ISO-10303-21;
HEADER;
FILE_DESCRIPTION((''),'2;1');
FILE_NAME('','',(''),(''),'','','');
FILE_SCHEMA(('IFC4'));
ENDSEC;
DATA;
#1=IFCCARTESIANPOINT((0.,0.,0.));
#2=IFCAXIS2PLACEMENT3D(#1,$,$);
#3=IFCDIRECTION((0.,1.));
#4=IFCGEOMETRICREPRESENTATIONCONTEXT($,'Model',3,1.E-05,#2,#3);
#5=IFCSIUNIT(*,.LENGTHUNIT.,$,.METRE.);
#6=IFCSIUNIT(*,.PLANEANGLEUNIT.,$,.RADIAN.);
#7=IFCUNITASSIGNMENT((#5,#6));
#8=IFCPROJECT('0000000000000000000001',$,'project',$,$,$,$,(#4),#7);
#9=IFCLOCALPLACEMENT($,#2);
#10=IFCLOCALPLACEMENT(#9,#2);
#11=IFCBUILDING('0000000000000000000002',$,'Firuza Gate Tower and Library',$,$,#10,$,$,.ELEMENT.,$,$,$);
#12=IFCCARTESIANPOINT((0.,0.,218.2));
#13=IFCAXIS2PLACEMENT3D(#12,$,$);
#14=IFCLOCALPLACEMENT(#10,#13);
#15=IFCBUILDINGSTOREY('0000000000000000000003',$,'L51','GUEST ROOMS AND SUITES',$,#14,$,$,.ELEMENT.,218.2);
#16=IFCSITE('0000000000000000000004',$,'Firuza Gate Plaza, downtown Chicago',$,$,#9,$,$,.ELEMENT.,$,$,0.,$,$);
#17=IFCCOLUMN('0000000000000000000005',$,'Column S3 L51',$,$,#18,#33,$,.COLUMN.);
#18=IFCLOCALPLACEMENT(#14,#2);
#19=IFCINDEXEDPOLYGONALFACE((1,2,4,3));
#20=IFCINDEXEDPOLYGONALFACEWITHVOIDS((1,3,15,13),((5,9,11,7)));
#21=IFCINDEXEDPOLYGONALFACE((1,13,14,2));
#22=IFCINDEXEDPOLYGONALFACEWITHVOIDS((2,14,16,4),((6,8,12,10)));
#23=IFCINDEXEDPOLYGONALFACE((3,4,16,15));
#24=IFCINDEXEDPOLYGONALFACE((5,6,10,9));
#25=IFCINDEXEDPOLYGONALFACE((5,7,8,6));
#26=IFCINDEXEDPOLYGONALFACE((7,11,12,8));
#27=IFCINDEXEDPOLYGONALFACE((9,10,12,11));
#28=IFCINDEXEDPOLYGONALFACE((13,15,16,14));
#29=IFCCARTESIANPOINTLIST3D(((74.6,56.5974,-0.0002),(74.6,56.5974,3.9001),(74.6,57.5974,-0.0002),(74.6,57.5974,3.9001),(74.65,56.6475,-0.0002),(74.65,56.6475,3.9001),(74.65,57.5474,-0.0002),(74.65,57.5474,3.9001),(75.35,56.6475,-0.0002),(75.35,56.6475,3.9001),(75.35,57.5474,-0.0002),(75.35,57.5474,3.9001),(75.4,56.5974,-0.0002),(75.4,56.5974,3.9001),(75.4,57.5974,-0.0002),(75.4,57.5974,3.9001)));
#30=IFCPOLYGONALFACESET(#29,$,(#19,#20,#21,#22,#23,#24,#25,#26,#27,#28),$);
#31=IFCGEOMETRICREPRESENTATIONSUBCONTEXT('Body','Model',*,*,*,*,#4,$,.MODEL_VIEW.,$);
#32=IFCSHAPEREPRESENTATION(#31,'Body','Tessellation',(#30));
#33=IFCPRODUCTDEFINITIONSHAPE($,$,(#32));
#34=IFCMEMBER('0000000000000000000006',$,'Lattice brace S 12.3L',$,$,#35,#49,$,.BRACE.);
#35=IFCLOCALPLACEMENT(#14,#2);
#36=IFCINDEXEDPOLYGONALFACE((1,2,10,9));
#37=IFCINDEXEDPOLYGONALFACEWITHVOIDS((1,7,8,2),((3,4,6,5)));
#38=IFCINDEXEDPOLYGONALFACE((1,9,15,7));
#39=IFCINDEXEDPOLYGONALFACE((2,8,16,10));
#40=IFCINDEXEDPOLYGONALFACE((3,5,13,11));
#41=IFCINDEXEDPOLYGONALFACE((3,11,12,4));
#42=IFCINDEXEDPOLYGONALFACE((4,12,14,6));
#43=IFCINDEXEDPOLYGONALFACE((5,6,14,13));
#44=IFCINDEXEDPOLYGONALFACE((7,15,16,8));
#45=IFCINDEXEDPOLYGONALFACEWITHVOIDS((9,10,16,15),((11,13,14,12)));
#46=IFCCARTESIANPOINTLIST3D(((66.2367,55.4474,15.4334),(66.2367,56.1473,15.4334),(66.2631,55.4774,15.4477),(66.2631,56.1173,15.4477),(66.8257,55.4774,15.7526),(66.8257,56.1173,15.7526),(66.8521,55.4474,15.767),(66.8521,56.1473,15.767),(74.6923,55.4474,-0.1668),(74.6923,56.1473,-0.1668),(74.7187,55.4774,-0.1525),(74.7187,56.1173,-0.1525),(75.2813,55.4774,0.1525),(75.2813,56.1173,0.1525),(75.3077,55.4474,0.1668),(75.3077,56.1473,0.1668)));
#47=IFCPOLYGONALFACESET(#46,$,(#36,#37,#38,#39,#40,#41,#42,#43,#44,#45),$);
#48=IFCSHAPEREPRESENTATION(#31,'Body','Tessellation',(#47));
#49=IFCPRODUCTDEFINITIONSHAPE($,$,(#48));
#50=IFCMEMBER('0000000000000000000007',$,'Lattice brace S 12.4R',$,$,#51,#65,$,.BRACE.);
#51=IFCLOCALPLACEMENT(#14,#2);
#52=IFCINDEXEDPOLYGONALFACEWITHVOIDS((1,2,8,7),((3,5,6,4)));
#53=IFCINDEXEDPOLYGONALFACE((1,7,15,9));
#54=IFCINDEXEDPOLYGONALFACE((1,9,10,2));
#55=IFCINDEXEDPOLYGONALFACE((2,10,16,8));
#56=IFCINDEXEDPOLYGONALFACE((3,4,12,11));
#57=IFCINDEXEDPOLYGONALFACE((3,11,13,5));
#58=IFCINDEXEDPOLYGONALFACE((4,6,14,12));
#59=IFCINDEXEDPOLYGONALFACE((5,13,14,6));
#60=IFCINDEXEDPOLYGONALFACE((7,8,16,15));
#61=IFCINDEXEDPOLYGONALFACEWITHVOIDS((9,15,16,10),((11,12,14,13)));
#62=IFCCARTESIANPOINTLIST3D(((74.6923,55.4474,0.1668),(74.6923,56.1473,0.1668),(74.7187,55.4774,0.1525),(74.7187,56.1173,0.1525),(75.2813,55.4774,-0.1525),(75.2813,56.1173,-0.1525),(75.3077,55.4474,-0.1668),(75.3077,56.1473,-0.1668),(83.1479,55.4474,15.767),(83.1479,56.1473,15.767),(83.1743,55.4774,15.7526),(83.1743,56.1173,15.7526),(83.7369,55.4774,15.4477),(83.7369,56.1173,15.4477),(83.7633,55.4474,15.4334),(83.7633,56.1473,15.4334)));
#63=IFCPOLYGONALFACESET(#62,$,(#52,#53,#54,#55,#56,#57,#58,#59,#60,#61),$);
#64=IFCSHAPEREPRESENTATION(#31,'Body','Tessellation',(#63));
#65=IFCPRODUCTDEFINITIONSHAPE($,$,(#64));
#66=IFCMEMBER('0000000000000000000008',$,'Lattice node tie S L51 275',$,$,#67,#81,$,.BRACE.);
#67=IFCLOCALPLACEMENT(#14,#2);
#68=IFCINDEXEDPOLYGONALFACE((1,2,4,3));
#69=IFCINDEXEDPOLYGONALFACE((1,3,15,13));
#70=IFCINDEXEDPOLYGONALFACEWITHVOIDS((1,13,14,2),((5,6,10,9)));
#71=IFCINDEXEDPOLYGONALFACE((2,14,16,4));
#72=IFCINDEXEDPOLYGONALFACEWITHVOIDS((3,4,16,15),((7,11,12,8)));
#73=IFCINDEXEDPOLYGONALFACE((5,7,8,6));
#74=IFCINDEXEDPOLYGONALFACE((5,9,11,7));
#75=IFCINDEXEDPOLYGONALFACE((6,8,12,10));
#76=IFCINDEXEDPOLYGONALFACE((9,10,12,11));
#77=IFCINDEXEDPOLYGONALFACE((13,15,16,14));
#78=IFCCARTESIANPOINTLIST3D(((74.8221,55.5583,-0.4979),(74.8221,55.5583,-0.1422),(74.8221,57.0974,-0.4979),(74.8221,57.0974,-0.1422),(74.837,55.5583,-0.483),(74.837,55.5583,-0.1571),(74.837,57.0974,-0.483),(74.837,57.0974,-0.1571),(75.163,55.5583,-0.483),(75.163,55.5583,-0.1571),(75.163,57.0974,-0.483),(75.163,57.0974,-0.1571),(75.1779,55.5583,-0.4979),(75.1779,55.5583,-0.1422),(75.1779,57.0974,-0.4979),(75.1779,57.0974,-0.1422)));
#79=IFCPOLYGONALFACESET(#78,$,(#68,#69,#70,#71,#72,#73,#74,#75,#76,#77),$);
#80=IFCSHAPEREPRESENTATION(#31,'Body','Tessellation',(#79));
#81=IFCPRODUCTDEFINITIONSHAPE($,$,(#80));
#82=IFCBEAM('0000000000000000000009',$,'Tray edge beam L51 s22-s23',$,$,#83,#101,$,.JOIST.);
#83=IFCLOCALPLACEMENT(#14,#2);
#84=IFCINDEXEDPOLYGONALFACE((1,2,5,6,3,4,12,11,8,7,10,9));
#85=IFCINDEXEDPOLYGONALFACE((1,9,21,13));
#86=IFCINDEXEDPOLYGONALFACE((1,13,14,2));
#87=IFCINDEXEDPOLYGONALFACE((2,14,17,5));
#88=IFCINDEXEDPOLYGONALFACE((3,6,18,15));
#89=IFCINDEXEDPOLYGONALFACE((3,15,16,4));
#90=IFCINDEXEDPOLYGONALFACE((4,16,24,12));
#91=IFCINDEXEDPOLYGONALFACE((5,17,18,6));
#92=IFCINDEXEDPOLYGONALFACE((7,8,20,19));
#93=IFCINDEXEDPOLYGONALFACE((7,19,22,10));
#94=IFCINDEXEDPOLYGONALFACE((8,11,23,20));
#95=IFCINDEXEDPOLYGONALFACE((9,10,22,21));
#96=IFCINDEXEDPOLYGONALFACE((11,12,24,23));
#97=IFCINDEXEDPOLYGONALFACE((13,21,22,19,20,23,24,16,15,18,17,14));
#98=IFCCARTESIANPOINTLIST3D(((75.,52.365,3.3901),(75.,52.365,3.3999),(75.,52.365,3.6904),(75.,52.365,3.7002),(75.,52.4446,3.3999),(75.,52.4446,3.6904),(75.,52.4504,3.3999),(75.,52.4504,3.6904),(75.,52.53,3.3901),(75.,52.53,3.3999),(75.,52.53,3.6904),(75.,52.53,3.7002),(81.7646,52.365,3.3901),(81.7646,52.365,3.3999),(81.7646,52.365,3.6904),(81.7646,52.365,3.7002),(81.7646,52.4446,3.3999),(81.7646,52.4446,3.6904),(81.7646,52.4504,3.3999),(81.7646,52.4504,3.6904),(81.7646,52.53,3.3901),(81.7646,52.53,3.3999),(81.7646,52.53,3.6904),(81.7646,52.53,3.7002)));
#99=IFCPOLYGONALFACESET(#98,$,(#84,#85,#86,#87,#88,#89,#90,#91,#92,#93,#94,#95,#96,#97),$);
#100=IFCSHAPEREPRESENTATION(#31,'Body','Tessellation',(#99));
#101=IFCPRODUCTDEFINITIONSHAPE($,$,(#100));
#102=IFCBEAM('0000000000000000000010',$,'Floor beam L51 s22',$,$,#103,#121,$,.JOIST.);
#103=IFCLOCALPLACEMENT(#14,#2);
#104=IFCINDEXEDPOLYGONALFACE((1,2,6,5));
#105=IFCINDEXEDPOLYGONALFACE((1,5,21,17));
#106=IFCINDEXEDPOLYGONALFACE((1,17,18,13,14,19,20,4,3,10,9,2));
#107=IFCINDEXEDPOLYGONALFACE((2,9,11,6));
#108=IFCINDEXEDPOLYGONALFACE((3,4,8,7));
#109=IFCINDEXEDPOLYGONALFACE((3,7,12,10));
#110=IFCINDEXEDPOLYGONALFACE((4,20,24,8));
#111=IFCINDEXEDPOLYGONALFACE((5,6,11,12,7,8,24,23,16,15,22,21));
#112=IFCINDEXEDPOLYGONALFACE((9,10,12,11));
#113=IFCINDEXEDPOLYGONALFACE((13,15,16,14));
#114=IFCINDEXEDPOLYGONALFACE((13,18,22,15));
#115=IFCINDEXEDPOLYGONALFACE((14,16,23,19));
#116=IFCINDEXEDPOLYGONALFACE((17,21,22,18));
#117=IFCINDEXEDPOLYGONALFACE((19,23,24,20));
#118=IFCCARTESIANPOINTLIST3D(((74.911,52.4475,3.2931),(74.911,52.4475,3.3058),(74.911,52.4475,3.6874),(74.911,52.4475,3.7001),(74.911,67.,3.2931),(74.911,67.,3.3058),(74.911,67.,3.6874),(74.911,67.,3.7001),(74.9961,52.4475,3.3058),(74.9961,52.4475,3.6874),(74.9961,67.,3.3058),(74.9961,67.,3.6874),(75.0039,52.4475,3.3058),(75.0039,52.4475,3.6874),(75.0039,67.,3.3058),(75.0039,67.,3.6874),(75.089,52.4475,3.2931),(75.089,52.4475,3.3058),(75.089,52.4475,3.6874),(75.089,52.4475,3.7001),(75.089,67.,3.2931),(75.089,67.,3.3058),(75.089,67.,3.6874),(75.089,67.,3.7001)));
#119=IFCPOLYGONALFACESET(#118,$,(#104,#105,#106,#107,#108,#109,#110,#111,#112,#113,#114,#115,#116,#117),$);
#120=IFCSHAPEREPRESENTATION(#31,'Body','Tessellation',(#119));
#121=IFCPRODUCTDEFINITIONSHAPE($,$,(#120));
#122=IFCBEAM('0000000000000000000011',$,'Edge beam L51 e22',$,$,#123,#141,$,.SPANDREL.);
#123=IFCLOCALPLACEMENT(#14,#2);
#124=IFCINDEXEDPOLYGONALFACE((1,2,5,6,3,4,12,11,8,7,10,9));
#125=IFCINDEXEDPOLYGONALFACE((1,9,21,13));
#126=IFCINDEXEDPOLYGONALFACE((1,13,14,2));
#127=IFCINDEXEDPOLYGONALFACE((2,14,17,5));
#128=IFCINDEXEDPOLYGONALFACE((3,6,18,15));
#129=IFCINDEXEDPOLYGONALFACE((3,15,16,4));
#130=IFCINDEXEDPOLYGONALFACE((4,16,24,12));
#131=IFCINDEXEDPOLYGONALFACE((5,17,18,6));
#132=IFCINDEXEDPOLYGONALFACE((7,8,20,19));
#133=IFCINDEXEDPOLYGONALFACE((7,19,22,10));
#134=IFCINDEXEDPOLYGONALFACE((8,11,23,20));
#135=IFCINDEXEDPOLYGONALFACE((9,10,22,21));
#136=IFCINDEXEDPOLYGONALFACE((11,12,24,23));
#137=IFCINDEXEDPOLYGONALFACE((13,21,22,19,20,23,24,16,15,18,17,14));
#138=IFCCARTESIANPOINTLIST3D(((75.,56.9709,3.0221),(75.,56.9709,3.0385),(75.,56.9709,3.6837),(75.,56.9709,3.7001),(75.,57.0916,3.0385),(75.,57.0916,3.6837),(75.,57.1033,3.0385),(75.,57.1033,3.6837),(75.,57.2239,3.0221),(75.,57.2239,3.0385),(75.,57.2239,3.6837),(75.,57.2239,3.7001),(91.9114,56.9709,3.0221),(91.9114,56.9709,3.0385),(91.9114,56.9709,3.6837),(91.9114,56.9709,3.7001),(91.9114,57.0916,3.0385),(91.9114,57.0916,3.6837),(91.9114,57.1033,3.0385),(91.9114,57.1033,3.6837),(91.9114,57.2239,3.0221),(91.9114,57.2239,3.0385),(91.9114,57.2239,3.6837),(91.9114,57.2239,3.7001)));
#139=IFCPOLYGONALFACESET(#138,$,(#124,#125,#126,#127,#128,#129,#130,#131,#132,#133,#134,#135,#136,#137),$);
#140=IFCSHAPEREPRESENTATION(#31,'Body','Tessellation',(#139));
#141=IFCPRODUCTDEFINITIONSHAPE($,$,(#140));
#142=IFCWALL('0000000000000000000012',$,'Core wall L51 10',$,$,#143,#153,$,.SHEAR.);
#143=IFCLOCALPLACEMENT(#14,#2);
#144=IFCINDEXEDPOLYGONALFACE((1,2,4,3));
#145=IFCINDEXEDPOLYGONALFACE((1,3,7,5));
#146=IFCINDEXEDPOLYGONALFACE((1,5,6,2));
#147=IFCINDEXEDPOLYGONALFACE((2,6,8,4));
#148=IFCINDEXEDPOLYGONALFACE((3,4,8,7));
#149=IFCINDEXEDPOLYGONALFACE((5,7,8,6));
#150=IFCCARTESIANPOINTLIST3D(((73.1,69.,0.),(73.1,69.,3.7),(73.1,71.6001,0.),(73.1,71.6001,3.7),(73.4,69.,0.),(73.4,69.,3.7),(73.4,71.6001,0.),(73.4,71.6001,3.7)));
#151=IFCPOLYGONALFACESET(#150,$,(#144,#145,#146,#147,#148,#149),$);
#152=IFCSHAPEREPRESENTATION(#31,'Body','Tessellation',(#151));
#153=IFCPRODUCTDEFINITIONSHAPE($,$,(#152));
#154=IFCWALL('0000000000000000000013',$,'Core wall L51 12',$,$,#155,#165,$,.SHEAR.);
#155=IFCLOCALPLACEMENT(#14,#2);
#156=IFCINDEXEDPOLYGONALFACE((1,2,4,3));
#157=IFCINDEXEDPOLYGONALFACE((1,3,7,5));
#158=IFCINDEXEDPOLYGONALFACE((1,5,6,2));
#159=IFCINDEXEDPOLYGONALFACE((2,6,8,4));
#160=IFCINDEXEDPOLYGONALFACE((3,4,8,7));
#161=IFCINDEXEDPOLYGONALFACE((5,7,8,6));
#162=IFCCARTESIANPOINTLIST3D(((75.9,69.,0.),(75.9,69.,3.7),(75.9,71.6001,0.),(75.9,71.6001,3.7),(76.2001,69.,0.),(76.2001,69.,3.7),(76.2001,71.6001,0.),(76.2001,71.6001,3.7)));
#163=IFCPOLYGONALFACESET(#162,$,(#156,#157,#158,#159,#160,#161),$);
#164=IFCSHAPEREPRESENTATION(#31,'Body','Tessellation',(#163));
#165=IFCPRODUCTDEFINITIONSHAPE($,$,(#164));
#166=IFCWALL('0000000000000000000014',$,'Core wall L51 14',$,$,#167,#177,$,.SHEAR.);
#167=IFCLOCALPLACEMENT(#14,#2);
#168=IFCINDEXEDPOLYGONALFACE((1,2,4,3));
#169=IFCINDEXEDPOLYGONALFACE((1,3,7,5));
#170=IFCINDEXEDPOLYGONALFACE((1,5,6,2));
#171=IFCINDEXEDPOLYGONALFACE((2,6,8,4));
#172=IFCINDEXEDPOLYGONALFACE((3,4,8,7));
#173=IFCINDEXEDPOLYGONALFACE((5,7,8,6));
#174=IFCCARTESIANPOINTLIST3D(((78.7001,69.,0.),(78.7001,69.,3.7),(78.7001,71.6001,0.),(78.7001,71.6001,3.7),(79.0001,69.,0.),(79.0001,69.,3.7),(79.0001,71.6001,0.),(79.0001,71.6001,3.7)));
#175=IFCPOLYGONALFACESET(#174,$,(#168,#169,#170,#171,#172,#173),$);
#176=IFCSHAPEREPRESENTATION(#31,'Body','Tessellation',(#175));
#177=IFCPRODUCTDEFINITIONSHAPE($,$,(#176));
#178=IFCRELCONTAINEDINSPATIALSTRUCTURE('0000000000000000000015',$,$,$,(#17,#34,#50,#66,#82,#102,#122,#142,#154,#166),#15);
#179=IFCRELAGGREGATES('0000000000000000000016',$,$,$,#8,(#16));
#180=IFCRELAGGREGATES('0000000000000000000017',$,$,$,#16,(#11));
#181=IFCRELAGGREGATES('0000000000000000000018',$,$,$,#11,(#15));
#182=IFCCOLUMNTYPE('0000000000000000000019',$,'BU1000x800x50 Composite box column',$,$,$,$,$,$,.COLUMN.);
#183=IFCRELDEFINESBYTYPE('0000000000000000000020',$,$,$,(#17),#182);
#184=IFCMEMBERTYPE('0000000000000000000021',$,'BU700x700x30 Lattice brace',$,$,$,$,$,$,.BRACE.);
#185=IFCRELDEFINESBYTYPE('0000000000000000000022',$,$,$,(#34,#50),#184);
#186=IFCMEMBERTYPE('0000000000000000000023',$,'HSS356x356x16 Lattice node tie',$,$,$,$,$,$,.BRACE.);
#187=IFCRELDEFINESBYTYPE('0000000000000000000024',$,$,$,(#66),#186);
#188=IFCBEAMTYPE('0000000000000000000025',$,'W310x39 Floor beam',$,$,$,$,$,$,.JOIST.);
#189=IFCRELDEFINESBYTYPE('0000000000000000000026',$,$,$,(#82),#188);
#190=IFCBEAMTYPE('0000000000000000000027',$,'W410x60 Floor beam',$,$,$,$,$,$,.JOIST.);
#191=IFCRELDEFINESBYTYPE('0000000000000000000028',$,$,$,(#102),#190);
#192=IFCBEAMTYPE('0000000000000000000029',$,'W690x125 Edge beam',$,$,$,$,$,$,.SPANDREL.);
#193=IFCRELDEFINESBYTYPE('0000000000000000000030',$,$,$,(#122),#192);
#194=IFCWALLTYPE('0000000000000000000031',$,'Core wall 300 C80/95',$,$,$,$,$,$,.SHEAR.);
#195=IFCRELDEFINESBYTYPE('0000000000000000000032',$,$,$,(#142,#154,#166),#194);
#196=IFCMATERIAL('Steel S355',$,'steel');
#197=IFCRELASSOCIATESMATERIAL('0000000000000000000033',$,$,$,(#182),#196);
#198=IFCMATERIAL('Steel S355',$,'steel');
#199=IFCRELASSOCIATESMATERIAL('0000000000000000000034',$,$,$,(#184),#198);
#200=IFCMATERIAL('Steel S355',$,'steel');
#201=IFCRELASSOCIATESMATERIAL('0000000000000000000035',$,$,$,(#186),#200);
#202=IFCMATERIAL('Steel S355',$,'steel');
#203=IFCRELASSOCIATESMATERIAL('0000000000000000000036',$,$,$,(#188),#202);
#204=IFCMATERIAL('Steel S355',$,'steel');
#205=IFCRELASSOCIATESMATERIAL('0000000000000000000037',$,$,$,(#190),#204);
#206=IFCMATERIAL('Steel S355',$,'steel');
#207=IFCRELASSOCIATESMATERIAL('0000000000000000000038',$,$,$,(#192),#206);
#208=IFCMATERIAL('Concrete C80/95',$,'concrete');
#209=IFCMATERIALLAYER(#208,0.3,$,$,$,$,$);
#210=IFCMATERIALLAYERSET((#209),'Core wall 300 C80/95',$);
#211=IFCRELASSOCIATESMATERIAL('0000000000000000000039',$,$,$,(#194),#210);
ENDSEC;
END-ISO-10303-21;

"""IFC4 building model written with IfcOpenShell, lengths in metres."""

from ifc_helpers import new_model, si_unit, direction, frame, frame_2d, origin, origin_2d, place, context, subcontext, project, spatial, rectangle, hollow_rectangle, i_section, extrude, material, layer, layer_set, material_profile, profile_set, type_object, element, save


model = new_model("IFC4")

# Units and contexts
model_context = context("Model", 3, precision=1e-05, world=origin(), true_north=direction((0.0, 1.0)))
body_context = subcontext(model_context, "Body", "Model", "MODEL_VIEW")
ifc_project = project(units=[si_unit("LENGTHUNIT", "METRE"), si_unit("PLANEANGLEUNIT", "RADIAN")], contexts=[model_context])

# Site, building, storey
site_placement = place(None, origin())
site = spatial("IfcSite", under=ifc_project, at=site_placement, Name="Firuza Gate Plaza, downtown Chicago", CompositionType="ELEMENT", RefElevation=0.0)
building_placement = place(site_placement, origin())
building = spatial("IfcBuilding", under=site, at=building_placement, Name="Firuza Gate Tower and Library", CompositionType="ELEMENT")
storey_placement = place(building_placement, frame((0.0, 0.0, 218.2)))
storey = spatial("IfcBuildingStorey", under=building, at=storey_placement, Name="L51", Description="GUEST ROOMS AND SUITES", CompositionType="ELEMENT", Elevation=218.2)

# Column
ifc_material_1 = material(Name="Steel S355", Category="steel")
ifc_material_profile_1 = material_profile(ifc_material_1, hollow_rectangle(XDim=0.8, YDim=1.0, WallThickness=0.05, at=origin_2d()))
ifc_profile_set_1 = profile_set([ifc_material_profile_1], Name="Steel S355")
column_type = type_object("IfcColumnType", Name="BU1000x800x50 Composite box column", PredefinedType="COLUMN", material=ifc_profile_set_1)
column_placement = place(storey_placement, frame((75.0, 57.0974, -0.0002), z_axis=(0.0, 0.0, 1.0), x_axis=(1.0, 0.0, 0.0)))
element("IfcColumn", 1, at=column_placement, inside=storey, type_object=column_type, Name="Column S3 L51", PredefinedType="COLUMN", context=body_context, shape_type="SweptSolid", body=[
    extrude(hollow_rectangle(XDim=0.8, YDim=1.0, WallThickness=0.05, at=origin_2d()), origin(), (0.0, 0.0, 1.0), 3.9004),
])

# Members
ifc_material_2 = material(Name="Steel S355", Category="steel")
ifc_material_profile_2 = material_profile(ifc_material_2, hollow_rectangle(XDim=0.7, YDim=0.7, WallThickness=0.03, at=origin_2d()))
ifc_profile_set_2 = profile_set([ifc_material_profile_2], Name="Steel S355")
member_type_1 = type_object("IfcMemberType", Name="BU700x700x30 Lattice brace", PredefinedType="BRACE", material=ifc_profile_set_2)
for number, where, z_axis, x_axis, name in (
    (2, (75.0, 55.7974, 0.0), (-0.476523, 0.0, 0.879162), (0.0, -1.0, 0.0), "Lattice brace S 12.3L"),
    (3, (75.0, 55.7974, 0.0), (0.476523, 0.0, 0.879162), (0.0, 1.0, 0.0), "Lattice brace S 12.4R"),
):
    element("IfcMember", number, at=place(storey_placement, frame(where, z_axis=z_axis, x_axis=x_axis)), inside=storey, type_object=member_type_1, Name=name, PredefinedType="BRACE", context=body_context, shape_type="SweptSolid", body=[
        extrude(hollow_rectangle(XDim=0.7, YDim=0.7, WallThickness=0.03, at=origin_2d()), origin(), (0.0, 0.0, 1.0), 17.7444),
    ])
ifc_material_3 = material(Name="Steel S355", Category="steel")
ifc_material_profile_3 = material_profile(ifc_material_3, hollow_rectangle(XDim=0.3557, YDim=0.3557, WallThickness=0.0149, at=origin_2d()))
ifc_profile_set_3 = profile_set([ifc_material_profile_3], Name="Steel S355")
member_type_2 = type_object("IfcMemberType", Name="HSS356x356x16 Lattice node tie", PredefinedType="BRACE", material=ifc_profile_set_3)
member_placement = place(storey_placement, frame((75.0, 57.0974, -0.3201), z_axis=(0.0, -1.0, 0.0), x_axis=(1.0, 0.0, 0.0)))
element("IfcMember", 4, at=member_placement, inside=storey, type_object=member_type_2, Name="Lattice node tie S L51 275", PredefinedType="BRACE", context=body_context, shape_type="SweptSolid", body=[
    extrude(hollow_rectangle(XDim=0.3557, YDim=0.3557, WallThickness=0.0149, at=origin_2d()), origin(), (0.0, 0.0, 1.0), 1.5391),
])

# Beams
ifc_material_4 = material(Name="Steel S355", Category="steel")
ifc_material_profile_4 = material_profile(ifc_material_4, i_section(OverallWidth=0.165, OverallDepth=0.3101, WebThickness=0.0059, FlangeThickness=0.0098, at=origin_2d()))
ifc_profile_set_4 = profile_set([ifc_material_profile_4], Name="Steel S355")
beam_type_1 = type_object("IfcBeamType", Name="W310x39 Floor beam", PredefinedType="JOIST", material=ifc_profile_set_4)
beam_1_placement = place(storey_placement, frame((75.0, 52.4475, 3.5452), z_axis=(1.0, 0.0, 0.0), x_axis=(0.0, 1.0, 0.0)))
element("IfcBeam", 5, at=beam_1_placement, inside=storey, type_object=beam_type_1, Name="Tray edge beam L51 s22-s23", PredefinedType="JOIST", context=body_context, shape_type="SweptSolid", body=[
    extrude(i_section(OverallWidth=0.165, OverallDepth=0.3101, WebThickness=0.0059, FlangeThickness=0.0098, at=origin_2d()), origin(), (0.0, 0.0, 1.0), 6.7646),
])
ifc_material_5 = material(Name="Steel S355", Category="steel")
ifc_material_profile_5 = material_profile(ifc_material_5, i_section(OverallWidth=0.178, OverallDepth=0.407, WebThickness=0.0078, FlangeThickness=0.0127, at=origin_2d()))
ifc_profile_set_5 = profile_set([ifc_material_profile_5], Name="Steel S355")
beam_type_2 = type_object("IfcBeamType", Name="W410x60 Floor beam", PredefinedType="JOIST", material=ifc_profile_set_5)
beam_2_placement = place(storey_placement, frame((75.0, 52.4475, 3.4966), z_axis=(0.0, 1.0, 0.0), x_axis=(-1.0, 0.0, 0.0)))
element("IfcBeam", 6, at=beam_2_placement, inside=storey, type_object=beam_type_2, Name="Floor beam L51 s22", PredefinedType="JOIST", context=body_context, shape_type="SweptSolid", body=[
    extrude(i_section(OverallWidth=0.178, OverallDepth=0.407, WebThickness=0.0078, FlangeThickness=0.0127, at=origin_2d()), origin(), (0.0, 0.0, 1.0), 14.5525),
])
ifc_material_6 = material(Name="Steel S355", Category="steel")
ifc_material_profile_6 = material_profile(ifc_material_6, i_section(OverallWidth=0.2529, OverallDepth=0.678, WebThickness=0.0117, FlangeThickness=0.0164, at=origin_2d()))
ifc_profile_set_6 = profile_set([ifc_material_profile_6], Name="Steel S355")
beam_type_3 = type_object("IfcBeamType", Name="W690x125 Edge beam", PredefinedType="SPANDREL", material=ifc_profile_set_6)
beam_3_placement = place(storey_placement, frame((75.0, 57.0974, 3.3611), z_axis=(1.0, 0.0, 0.0), x_axis=(0.0, 1.0, 0.0)))
element("IfcBeam", 7, at=beam_3_placement, inside=storey, type_object=beam_type_3, Name="Edge beam L51 e22", PredefinedType="SPANDREL", context=body_context, shape_type="SweptSolid", body=[
    extrude(i_section(OverallWidth=0.2529, OverallDepth=0.678, WebThickness=0.0117, FlangeThickness=0.0164, at=origin_2d()), origin(), (0.0, 0.0, 1.0), 16.9114),
])

# Walls
ifc_material_7 = material(Name="Concrete C80/95", Category="concrete")
ifc_layer_1 = layer(ifc_material_7, 0.3)
ifc_layer_set_1 = layer_set([ifc_layer_1], Name="Core wall 300 C80/95")
wall_type_1 = type_object("IfcWallType", Name="Core wall 300 C80/95", PredefinedType="SHEAR", material=ifc_layer_set_1)
for number, where, z_axis, x_axis, name in (
    (8, (73.25, 69.0, 0.0), (0.0, 0.0, 1.0), (0.0, 1.0, 0.0), "Core wall L51 10"),
    (9, (76.05, 69.0, 0.0), (0.0, 0.0, 1.0), (0.0, 1.0, 0.0), "Core wall L51 12"),
    (10, (78.8501, 69.0, 0.0), (0.0, 0.0, 1.0), (0.0, 1.0, 0.0), "Core wall L51 14"),
):
    element("IfcWall", number, at=place(storey_placement, frame(where, z_axis=z_axis, x_axis=x_axis)), inside=storey, type_object=wall_type_1, Name=name, PredefinedType="SHEAR", context=body_context, shape_type="SweptSolid", body=[
        extrude(rectangle(XDim=2.6001, YDim=0.3, at=frame_2d((1.3, 0.0))), origin(), (0.0, 0.0, 1.0), 3.7),
    ])

save(model, "model.ifc")
